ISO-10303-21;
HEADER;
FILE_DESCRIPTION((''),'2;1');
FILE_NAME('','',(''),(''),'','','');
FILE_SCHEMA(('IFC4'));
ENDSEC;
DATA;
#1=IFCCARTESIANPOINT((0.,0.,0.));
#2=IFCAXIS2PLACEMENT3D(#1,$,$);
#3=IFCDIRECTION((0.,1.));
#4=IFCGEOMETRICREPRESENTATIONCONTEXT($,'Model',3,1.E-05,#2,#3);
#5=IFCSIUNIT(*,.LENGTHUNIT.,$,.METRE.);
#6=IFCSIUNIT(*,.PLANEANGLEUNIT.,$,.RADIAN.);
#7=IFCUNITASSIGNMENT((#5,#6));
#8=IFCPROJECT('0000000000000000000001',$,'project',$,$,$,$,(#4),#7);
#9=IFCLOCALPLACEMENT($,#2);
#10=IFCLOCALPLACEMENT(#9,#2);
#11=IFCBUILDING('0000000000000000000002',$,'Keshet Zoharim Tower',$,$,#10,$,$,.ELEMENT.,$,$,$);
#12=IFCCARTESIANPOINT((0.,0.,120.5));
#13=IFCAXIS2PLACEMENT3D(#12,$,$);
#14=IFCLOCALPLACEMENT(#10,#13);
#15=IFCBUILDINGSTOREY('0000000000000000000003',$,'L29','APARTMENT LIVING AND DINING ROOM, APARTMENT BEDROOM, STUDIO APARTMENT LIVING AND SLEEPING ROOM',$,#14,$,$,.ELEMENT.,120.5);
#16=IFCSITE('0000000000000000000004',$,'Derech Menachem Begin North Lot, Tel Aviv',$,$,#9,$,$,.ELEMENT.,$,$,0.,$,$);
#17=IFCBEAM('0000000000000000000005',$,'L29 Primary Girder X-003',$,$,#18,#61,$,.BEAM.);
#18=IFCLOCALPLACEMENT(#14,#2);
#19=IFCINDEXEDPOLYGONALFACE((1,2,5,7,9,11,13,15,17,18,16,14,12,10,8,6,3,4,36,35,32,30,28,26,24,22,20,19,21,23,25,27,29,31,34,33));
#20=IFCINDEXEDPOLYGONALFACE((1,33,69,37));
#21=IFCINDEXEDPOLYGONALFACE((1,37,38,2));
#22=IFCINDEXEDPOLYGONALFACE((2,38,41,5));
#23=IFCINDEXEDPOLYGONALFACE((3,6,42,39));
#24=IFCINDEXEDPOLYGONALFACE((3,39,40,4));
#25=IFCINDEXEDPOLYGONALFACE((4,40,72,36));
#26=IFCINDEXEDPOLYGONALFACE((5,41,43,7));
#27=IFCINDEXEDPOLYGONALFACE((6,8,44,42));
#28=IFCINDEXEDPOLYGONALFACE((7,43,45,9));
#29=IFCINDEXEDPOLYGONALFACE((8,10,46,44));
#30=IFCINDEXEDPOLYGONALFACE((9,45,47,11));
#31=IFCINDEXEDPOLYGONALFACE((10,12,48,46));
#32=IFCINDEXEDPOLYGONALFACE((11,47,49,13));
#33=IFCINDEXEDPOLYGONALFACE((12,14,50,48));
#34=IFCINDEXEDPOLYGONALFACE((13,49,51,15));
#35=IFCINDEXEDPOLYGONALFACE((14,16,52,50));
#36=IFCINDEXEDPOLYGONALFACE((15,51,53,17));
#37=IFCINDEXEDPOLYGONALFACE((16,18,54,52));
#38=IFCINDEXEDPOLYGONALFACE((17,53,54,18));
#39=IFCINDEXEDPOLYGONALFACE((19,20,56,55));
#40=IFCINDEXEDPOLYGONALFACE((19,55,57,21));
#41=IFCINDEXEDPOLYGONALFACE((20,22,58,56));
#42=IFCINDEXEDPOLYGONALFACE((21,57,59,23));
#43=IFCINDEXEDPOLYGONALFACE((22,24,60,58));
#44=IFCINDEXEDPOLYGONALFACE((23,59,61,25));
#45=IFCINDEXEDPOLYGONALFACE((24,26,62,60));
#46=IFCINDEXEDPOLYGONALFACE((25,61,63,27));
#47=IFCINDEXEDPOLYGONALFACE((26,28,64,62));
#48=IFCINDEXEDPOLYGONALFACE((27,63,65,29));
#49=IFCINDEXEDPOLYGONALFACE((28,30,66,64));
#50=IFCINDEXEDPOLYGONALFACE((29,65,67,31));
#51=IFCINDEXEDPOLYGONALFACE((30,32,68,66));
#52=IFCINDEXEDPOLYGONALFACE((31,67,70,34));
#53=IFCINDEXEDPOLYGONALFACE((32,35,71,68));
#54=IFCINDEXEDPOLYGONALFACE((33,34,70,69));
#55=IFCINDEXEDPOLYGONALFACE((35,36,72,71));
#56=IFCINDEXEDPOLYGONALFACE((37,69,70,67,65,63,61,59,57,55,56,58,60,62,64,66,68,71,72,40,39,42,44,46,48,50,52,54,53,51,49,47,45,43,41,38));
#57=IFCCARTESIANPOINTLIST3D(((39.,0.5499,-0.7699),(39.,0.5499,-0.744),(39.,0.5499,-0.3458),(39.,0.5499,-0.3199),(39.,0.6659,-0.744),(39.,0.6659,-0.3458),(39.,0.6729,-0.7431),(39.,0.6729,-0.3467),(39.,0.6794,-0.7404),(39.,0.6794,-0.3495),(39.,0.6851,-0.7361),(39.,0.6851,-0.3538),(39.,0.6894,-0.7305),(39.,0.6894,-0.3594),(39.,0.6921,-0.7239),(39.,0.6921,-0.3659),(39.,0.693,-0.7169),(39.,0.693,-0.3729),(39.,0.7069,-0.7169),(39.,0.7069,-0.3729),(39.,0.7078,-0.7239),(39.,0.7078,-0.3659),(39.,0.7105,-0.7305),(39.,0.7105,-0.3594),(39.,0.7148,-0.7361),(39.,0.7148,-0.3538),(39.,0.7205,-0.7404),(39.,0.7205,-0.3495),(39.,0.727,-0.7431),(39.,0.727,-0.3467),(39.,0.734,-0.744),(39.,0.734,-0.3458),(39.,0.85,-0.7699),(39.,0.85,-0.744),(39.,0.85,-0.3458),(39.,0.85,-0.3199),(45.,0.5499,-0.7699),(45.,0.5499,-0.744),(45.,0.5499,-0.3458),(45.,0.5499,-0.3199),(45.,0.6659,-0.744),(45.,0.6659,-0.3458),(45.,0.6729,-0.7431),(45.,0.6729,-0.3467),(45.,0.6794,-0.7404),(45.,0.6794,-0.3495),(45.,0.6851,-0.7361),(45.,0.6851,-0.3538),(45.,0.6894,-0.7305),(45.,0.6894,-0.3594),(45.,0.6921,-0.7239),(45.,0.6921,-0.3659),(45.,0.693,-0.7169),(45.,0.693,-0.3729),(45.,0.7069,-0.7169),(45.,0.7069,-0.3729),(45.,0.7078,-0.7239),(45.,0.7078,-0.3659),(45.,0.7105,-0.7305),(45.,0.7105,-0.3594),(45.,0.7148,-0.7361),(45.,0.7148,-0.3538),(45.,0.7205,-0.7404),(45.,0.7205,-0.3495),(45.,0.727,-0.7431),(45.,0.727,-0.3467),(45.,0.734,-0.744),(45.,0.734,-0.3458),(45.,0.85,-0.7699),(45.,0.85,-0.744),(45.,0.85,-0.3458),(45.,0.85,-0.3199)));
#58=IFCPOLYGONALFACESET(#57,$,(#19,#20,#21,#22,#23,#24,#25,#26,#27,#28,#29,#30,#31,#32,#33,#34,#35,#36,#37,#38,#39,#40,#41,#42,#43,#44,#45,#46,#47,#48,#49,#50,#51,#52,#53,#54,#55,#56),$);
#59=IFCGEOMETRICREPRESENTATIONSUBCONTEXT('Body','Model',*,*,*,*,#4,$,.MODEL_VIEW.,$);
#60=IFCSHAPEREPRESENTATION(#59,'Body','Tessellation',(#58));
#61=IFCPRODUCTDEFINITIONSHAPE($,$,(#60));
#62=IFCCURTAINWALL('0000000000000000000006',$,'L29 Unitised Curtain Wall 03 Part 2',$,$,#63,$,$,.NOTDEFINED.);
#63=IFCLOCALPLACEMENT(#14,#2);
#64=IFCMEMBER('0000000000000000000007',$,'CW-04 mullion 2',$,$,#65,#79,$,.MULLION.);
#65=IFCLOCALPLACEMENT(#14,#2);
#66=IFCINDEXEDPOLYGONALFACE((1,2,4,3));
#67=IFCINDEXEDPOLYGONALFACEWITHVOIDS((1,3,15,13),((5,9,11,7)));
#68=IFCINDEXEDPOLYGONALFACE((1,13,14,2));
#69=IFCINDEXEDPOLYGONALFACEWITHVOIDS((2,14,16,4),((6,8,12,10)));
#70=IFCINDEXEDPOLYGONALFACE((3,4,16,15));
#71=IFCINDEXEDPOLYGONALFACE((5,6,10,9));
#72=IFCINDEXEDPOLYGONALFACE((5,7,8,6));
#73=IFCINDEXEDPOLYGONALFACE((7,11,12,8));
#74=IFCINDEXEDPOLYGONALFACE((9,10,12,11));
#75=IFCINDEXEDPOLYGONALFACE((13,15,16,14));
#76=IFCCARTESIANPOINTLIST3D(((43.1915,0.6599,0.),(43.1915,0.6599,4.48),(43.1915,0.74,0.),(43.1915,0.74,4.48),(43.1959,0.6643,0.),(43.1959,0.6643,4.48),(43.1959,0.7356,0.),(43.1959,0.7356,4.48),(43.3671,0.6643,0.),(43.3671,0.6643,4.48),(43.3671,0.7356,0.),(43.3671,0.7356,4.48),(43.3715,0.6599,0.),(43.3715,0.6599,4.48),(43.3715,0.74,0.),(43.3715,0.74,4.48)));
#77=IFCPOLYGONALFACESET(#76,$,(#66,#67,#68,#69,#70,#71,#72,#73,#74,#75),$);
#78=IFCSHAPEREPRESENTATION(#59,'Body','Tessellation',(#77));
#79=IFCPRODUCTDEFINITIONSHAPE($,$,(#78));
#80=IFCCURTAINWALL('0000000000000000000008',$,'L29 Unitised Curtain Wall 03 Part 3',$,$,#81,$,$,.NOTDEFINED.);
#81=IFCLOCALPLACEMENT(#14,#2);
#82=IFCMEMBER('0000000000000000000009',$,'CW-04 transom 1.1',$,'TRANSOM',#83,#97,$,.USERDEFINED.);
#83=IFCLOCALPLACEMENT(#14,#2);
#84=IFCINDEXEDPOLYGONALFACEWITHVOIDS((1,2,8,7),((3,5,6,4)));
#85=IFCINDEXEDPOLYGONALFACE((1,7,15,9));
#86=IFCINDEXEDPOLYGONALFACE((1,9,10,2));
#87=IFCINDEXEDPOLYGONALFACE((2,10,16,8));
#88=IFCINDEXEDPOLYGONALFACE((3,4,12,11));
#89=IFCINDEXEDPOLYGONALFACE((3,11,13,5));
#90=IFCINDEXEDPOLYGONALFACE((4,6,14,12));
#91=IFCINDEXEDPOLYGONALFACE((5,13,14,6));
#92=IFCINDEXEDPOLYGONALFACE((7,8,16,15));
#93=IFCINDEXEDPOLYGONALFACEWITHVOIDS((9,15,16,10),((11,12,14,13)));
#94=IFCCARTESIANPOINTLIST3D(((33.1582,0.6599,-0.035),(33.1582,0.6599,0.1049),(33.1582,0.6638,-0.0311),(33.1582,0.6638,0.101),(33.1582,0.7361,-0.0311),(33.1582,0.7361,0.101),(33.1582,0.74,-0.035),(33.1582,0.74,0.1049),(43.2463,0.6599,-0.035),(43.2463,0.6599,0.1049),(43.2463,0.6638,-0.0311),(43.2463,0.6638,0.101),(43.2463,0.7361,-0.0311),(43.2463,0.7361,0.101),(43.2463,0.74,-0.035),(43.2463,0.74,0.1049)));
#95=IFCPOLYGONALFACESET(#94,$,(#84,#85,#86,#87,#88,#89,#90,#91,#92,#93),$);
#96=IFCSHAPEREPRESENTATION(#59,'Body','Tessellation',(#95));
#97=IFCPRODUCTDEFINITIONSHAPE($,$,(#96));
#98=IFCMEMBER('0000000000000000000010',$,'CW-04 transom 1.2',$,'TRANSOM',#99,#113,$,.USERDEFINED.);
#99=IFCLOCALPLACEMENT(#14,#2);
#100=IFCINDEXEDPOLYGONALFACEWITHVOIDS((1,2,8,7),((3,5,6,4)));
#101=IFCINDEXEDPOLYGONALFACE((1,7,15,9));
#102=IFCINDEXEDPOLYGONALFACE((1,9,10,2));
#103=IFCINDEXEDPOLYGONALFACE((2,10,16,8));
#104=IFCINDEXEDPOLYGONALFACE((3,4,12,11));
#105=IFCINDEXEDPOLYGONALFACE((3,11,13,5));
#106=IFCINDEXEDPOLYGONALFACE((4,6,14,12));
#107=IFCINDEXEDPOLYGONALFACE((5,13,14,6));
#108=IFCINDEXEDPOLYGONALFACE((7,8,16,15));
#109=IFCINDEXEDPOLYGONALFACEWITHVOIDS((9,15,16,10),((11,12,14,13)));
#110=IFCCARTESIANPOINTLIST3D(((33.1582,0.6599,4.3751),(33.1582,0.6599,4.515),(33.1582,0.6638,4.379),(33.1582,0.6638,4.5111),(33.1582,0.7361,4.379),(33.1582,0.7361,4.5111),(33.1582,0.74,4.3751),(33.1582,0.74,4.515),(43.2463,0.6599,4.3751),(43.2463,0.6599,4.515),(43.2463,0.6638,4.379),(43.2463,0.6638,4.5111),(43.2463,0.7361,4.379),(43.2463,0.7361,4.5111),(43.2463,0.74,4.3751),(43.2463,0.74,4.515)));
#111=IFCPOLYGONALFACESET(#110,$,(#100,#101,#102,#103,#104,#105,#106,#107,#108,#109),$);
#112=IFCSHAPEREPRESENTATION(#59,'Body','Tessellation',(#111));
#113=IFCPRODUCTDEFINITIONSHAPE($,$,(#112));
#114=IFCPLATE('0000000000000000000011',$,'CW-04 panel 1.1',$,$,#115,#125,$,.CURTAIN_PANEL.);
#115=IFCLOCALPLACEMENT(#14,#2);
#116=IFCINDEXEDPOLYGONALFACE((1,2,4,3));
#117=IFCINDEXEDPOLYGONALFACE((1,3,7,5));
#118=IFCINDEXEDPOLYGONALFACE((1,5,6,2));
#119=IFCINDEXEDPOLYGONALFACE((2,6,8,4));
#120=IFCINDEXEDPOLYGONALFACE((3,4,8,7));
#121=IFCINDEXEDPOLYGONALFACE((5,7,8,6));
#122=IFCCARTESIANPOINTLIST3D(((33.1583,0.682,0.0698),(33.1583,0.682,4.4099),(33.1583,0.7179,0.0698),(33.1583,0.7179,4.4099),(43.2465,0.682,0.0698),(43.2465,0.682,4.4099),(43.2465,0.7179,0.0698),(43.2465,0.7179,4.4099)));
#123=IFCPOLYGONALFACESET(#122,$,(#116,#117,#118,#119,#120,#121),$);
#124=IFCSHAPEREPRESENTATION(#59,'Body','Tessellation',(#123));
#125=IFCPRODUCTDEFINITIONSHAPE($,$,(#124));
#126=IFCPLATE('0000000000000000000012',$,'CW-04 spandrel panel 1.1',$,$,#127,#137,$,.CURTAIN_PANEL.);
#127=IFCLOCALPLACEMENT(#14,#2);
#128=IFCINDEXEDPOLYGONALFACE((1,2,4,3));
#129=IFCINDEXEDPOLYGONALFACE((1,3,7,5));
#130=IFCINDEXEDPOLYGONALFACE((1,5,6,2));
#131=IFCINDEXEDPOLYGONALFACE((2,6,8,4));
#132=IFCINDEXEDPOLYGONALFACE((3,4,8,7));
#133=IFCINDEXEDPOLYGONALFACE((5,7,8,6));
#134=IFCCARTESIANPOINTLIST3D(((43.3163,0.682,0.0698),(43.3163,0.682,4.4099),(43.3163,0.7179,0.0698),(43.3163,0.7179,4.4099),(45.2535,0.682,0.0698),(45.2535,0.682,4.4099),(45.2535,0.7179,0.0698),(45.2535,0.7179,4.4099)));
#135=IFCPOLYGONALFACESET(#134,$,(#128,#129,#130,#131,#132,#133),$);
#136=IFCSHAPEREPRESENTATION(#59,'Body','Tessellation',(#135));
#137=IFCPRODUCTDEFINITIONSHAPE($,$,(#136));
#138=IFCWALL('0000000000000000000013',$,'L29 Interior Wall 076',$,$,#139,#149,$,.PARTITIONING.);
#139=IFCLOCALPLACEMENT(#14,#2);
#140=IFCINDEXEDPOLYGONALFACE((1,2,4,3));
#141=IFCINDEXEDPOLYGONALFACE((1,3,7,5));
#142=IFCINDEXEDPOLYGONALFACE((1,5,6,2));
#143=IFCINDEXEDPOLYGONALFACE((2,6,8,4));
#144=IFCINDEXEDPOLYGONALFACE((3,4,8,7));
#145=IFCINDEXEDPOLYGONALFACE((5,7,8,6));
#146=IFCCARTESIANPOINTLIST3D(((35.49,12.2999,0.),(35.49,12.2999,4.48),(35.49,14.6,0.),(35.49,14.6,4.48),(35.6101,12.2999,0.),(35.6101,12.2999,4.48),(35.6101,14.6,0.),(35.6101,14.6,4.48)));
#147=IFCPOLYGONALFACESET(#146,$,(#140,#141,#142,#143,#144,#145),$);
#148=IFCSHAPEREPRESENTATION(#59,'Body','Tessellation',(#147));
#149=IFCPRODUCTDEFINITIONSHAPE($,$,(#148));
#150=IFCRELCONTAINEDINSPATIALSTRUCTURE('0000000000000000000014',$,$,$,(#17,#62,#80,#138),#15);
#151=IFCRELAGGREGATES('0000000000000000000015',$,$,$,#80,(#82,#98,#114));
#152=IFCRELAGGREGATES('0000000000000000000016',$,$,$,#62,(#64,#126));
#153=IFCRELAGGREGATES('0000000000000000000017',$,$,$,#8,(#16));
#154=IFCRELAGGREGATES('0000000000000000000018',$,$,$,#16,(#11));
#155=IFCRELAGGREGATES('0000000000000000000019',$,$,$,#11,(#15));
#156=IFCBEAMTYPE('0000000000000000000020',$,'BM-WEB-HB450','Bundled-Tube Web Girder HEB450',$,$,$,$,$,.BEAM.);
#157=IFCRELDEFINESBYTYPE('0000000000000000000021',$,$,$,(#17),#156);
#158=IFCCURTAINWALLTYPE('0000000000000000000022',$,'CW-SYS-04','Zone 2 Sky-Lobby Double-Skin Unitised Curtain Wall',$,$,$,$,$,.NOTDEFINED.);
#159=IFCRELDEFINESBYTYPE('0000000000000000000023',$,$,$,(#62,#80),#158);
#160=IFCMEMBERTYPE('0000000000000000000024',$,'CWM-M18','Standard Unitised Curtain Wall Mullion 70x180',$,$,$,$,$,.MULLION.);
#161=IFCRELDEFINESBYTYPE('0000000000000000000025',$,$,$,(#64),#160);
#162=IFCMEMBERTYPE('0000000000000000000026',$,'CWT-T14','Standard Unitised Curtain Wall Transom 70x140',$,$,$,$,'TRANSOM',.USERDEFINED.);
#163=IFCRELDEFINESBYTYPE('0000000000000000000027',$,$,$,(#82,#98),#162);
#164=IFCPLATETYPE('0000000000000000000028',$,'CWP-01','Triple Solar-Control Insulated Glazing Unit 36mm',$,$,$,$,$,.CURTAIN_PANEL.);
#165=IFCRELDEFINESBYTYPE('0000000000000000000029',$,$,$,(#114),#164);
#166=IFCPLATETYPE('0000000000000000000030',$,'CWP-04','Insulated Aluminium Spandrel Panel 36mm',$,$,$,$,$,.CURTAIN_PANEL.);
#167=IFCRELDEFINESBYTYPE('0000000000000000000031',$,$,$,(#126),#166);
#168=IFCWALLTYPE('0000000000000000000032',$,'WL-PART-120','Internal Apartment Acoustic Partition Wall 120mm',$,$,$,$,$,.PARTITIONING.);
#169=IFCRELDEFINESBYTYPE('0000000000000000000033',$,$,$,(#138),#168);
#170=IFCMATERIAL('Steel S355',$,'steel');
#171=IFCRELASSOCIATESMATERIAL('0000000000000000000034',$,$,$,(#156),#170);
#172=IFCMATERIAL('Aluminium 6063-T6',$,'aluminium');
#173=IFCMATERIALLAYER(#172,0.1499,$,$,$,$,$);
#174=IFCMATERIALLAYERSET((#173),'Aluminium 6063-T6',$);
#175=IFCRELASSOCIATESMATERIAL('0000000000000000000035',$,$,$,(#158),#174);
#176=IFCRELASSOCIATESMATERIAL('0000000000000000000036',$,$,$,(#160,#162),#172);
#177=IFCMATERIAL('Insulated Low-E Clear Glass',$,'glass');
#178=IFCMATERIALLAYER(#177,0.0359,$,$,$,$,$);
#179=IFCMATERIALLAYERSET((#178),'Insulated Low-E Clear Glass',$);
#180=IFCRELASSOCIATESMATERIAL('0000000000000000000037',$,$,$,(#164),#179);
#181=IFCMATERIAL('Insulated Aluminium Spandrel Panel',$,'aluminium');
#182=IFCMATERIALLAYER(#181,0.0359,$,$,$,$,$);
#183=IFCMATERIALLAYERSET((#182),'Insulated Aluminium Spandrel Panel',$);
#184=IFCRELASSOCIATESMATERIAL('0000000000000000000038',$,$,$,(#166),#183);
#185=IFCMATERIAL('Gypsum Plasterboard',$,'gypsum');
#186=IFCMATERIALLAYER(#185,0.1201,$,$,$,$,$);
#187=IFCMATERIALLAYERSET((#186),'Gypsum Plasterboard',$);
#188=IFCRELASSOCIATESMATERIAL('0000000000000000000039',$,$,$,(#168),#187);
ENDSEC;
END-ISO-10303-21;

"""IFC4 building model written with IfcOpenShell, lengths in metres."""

from ifc_helpers import new_model, si_unit, direction, frame, frame_2d, origin, origin_2d, place, context, subcontext, project, spatial, rectangle, hollow_rectangle, i_section, extrude, material, layer, layer_set, material_profile, profile_set, type_object, element, aggregate, save


model = new_model("IFC4")

# Units and contexts
model_context = context("Model", 3, precision=1e-05, world=origin(), true_north=direction((0.0, 1.0)))
body_context = subcontext(model_context, "Body", "Model", "MODEL_VIEW")
ifc_project = project(units=[si_unit("LENGTHUNIT", "METRE"), si_unit("PLANEANGLEUNIT", "RADIAN")], contexts=[model_context])

# Site, building, storey
site_placement = place(None, origin())
site = spatial("IfcSite", under=ifc_project, at=site_placement, Name="Derech Menachem Begin North Lot, Tel Aviv", CompositionType="ELEMENT", RefElevation=0.0)
building_placement = place(site_placement, origin())
building = spatial("IfcBuilding", under=site, at=building_placement, Name="Keshet Zoharim Tower", CompositionType="ELEMENT")
storey_placement = place(building_placement, frame((0.0, 0.0, 120.5)))
storey = spatial("IfcBuildingStorey", under=building, at=storey_placement, Name="L29", Description="APARTMENT LIVING AND DINING ROOM, APARTMENT BEDROOM, STUDIO APARTMENT LIVING AND SLEEPING ROOM", CompositionType="ELEMENT", Elevation=120.5)

# Shared definitions
ifc_material_1 = material(Name="Steel S355", Category="steel")

# Beam
ifc_material_profile_1 = material_profile(ifc_material_1, i_section(OverallWidth=0.3, OverallDepth=0.45, WebThickness=0.0139, FlangeThickness=0.0259, FilletRadius=0.0271, at=origin_2d()), Name="HEB450")
ifc_profile_set_1 = profile_set([ifc_material_profile_1], Name="Steel S355")
beam_type_1 = type_object("IfcBeamType", Name="BM-WEB-HB450", Description="Bundled-Tube Web Girder HEB450", PredefinedType="BEAM", material=ifc_profile_set_1)
beam_1_placement = place(storey_placement, frame((39.0, 0.7, -0.5449), z_axis=(1.0, 0.0, 0.0), x_axis=(0.0, 1.0, 0.0)))
element("IfcBeam", 1, at=beam_1_placement, inside=storey, type_object=beam_type_1, Name="L29 Primary Girder X-003", PredefinedType="BEAM", context=body_context, shape_type="SweptSolid", body=[
    extrude(i_section(OverallWidth=0.3, OverallDepth=0.45, WebThickness=0.0139, FlangeThickness=0.0259, FilletRadius=0.0271, at=origin_2d()), origin(), (0.0, 0.0, 1.0), 6.0),
])

# Curtain wall, member
ifc_material_2 = material(Name="Aluminium 6063-T6", Category="aluminium")
ifc_layer_1 = layer(ifc_material_2, 0.1499)
ifc_layer_set_1 = layer_set([ifc_layer_1], Name="Aluminium 6063-T6")
curtain_wall_type = type_object("IfcCurtainWallType", Name="CW-SYS-04", Description="Zone 2 Sky-Lobby Double-Skin Unitised Curtain Wall", PredefinedType="NOTDEFINED", material=ifc_layer_set_1)
curtain_wall_1_placement = place(storey_placement, origin())
curtain_wall_1 = element("IfcCurtainWall", 2, at=curtain_wall_1_placement, inside=storey, type_object=curtain_wall_type, Name="L29 Unitised Curtain Wall 03 Part 2", PredefinedType="NOTDEFINED")
ifc_material_profile_2 = material_profile(ifc_material_2, hollow_rectangle(XDim=0.0801, YDim=0.1799, WallThickness=0.0044, at=origin_2d()), Name="MUL-80x180")
ifc_profile_set_2 = profile_set([ifc_material_profile_2], Name="Aluminium 6063-T6")
member_type_1 = type_object("IfcMemberType", Name="CWM-M18", Description="Standard Unitised Curtain Wall Mullion 70x180", PredefinedType="MULLION", material=ifc_profile_set_2)
member_1_placement = place(storey_placement, frame((43.2815, 0.7, 0.0), z_axis=(0.0, 0.0, 1.0), x_axis=(0.0, -1.0, 0.0)))
member_1 = element("IfcMember", 3, at=member_1_placement, type_object=member_type_1, Name="CW-04 mullion 2", PredefinedType="MULLION", context=body_context, shape_type="SweptSolid", body=[
    extrude(hollow_rectangle(XDim=0.0801, YDim=0.1799, WallThickness=0.0044, at=origin_2d()), origin(), (0.0, 0.0, 1.0), 4.48),
])

# Curtain wall, members, plate
curtain_wall_2_placement = place(storey_placement, origin())
curtain_wall_2 = element("IfcCurtainWall", 4, at=curtain_wall_2_placement, inside=storey, type_object=curtain_wall_type, Name="L29 Unitised Curtain Wall 03 Part 3", PredefinedType="NOTDEFINED")
ifc_material_profile_3 = material_profile(ifc_material_2, hollow_rectangle(XDim=0.0801, YDim=0.1399, WallThickness=0.0039, at=origin_2d()), Name="TRN-80x140")
ifc_profile_set_3 = profile_set([ifc_material_profile_3], Name="Aluminium 6063-T6")
member_type_2 = type_object("IfcMemberType", Name="CWT-T14", Description="Standard Unitised Curtain Wall Transom 70x140", ElementType="TRANSOM", PredefinedType="USERDEFINED", material=ifc_profile_set_3)
member_2_placement = place(storey_placement, frame((43.2463, 0.7, 0.0349), z_axis=(-1.0, 0.0, 0.0), x_axis=(0.0, -1.0, 0.0)))
member_2 = element("IfcMember", 5, at=member_2_placement, type_object=member_type_2, Name="CW-04 transom 1.1", ObjectType="TRANSOM", PredefinedType="USERDEFINED", context=body_context, shape_type="SweptSolid", body=[
    extrude(hollow_rectangle(XDim=0.0801, YDim=0.1399, WallThickness=0.0039, at=origin_2d()), origin(), (0.0, 0.0, 1.0), 10.0881),
])
member_3_placement = place(storey_placement, frame((43.2463, 0.7, 4.4451), z_axis=(-1.0, 0.0, 0.0), x_axis=(0.0, -1.0, 0.0)))
member_3 = element("IfcMember", 6, at=member_3_placement, type_object=member_type_2, Name="CW-04 transom 1.2", ObjectType="TRANSOM", PredefinedType="USERDEFINED", context=body_context, shape_type="SweptSolid", body=[
    extrude(hollow_rectangle(XDim=0.0801, YDim=0.1399, WallThickness=0.0039, at=origin_2d()), origin(), (0.0, 0.0, 1.0), 10.0881),
])
ifc_material_3 = material(Name="Insulated Low-E Clear Glass", Category="glass")
ifc_layer_2 = layer(ifc_material_3, 0.0359)
ifc_layer_set_2 = layer_set([ifc_layer_2], Name="Insulated Low-E Clear Glass")
plate_type_1 = type_object("IfcPlateType", Name="CWP-01", Description="Triple Solar-Control Insulated Glazing Unit 36mm", PredefinedType="CURTAIN_PANEL", material=ifc_layer_set_2)
plate_1_placement = place(storey_placement, frame((38.2024, 0.7, 0.0698), z_axis=(0.0, 0.0, 1.0), x_axis=(-1.0, 0.0, 0.0)))
plate_1 = element("IfcPlate", 7, at=plate_1_placement, type_object=plate_type_1, Name="CW-04 panel 1.1", PredefinedType="CURTAIN_PANEL", context=body_context, shape_type="SweptSolid", body=[
    extrude(rectangle(XDim=10.0881, YDim=0.0359, at=origin_2d()), origin(), (0.0, 0.0, 1.0), 4.3401),
])
aggregate(curtain_wall_2, [member_2, member_3, plate_1])

# Plate
ifc_material_4 = material(Name="Insulated Aluminium Spandrel Panel", Category="aluminium")
ifc_layer_3 = layer(ifc_material_4, 0.0359)
ifc_layer_set_3 = layer_set([ifc_layer_3], Name="Insulated Aluminium Spandrel Panel")
plate_type_2 = type_object("IfcPlateType", Name="CWP-04", Description="Insulated Aluminium Spandrel Panel 36mm", PredefinedType="CURTAIN_PANEL", material=ifc_layer_set_3)
plate_2_placement = place(storey_placement, frame((44.2849, 0.7, 0.0698), z_axis=(0.0, 0.0, 1.0), x_axis=(-1.0, 0.0, 0.0)))
plate_2 = element("IfcPlate", 8, at=plate_2_placement, type_object=plate_type_2, Name="CW-04 spandrel panel 1.1", PredefinedType="CURTAIN_PANEL", context=body_context, shape_type="SweptSolid", body=[
    extrude(rectangle(XDim=1.9373, YDim=0.0359, at=origin_2d()), origin(), (0.0, 0.0, 1.0), 4.3401),
])
aggregate(curtain_wall_1, [member_1, plate_2])

# Wall
ifc_material_5 = material(Name="Gypsum Plasterboard", Category="gypsum")
ifc_layer_4 = layer(ifc_material_5, 0.1201)
ifc_layer_set_4 = layer_set([ifc_layer_4], Name="Gypsum Plasterboard")
wall_type = type_object("IfcWallType", Name="WL-PART-120", Description="Internal Apartment Acoustic Partition Wall 120mm", PredefinedType="PARTITIONING", material=ifc_layer_set_4)
wall_1_placement = place(storey_placement, frame((35.55, 12.3, 0.0), z_axis=(0.0, 0.0, 1.0), x_axis=(0.0, 1.0, 0.0)))
element("IfcWall", 9, at=wall_1_placement, inside=storey, type_object=wall_type, Name="L29 Interior Wall 076", PredefinedType="PARTITIONING", context=body_context, shape_type="SweptSolid", body=[
    extrude(rectangle(XDim=2.3, YDim=0.1201, at=frame_2d((1.1499, 0.0))), origin(), (0.0, 0.0, 1.0), 4.48),
])

save(model, "model.ifc")
